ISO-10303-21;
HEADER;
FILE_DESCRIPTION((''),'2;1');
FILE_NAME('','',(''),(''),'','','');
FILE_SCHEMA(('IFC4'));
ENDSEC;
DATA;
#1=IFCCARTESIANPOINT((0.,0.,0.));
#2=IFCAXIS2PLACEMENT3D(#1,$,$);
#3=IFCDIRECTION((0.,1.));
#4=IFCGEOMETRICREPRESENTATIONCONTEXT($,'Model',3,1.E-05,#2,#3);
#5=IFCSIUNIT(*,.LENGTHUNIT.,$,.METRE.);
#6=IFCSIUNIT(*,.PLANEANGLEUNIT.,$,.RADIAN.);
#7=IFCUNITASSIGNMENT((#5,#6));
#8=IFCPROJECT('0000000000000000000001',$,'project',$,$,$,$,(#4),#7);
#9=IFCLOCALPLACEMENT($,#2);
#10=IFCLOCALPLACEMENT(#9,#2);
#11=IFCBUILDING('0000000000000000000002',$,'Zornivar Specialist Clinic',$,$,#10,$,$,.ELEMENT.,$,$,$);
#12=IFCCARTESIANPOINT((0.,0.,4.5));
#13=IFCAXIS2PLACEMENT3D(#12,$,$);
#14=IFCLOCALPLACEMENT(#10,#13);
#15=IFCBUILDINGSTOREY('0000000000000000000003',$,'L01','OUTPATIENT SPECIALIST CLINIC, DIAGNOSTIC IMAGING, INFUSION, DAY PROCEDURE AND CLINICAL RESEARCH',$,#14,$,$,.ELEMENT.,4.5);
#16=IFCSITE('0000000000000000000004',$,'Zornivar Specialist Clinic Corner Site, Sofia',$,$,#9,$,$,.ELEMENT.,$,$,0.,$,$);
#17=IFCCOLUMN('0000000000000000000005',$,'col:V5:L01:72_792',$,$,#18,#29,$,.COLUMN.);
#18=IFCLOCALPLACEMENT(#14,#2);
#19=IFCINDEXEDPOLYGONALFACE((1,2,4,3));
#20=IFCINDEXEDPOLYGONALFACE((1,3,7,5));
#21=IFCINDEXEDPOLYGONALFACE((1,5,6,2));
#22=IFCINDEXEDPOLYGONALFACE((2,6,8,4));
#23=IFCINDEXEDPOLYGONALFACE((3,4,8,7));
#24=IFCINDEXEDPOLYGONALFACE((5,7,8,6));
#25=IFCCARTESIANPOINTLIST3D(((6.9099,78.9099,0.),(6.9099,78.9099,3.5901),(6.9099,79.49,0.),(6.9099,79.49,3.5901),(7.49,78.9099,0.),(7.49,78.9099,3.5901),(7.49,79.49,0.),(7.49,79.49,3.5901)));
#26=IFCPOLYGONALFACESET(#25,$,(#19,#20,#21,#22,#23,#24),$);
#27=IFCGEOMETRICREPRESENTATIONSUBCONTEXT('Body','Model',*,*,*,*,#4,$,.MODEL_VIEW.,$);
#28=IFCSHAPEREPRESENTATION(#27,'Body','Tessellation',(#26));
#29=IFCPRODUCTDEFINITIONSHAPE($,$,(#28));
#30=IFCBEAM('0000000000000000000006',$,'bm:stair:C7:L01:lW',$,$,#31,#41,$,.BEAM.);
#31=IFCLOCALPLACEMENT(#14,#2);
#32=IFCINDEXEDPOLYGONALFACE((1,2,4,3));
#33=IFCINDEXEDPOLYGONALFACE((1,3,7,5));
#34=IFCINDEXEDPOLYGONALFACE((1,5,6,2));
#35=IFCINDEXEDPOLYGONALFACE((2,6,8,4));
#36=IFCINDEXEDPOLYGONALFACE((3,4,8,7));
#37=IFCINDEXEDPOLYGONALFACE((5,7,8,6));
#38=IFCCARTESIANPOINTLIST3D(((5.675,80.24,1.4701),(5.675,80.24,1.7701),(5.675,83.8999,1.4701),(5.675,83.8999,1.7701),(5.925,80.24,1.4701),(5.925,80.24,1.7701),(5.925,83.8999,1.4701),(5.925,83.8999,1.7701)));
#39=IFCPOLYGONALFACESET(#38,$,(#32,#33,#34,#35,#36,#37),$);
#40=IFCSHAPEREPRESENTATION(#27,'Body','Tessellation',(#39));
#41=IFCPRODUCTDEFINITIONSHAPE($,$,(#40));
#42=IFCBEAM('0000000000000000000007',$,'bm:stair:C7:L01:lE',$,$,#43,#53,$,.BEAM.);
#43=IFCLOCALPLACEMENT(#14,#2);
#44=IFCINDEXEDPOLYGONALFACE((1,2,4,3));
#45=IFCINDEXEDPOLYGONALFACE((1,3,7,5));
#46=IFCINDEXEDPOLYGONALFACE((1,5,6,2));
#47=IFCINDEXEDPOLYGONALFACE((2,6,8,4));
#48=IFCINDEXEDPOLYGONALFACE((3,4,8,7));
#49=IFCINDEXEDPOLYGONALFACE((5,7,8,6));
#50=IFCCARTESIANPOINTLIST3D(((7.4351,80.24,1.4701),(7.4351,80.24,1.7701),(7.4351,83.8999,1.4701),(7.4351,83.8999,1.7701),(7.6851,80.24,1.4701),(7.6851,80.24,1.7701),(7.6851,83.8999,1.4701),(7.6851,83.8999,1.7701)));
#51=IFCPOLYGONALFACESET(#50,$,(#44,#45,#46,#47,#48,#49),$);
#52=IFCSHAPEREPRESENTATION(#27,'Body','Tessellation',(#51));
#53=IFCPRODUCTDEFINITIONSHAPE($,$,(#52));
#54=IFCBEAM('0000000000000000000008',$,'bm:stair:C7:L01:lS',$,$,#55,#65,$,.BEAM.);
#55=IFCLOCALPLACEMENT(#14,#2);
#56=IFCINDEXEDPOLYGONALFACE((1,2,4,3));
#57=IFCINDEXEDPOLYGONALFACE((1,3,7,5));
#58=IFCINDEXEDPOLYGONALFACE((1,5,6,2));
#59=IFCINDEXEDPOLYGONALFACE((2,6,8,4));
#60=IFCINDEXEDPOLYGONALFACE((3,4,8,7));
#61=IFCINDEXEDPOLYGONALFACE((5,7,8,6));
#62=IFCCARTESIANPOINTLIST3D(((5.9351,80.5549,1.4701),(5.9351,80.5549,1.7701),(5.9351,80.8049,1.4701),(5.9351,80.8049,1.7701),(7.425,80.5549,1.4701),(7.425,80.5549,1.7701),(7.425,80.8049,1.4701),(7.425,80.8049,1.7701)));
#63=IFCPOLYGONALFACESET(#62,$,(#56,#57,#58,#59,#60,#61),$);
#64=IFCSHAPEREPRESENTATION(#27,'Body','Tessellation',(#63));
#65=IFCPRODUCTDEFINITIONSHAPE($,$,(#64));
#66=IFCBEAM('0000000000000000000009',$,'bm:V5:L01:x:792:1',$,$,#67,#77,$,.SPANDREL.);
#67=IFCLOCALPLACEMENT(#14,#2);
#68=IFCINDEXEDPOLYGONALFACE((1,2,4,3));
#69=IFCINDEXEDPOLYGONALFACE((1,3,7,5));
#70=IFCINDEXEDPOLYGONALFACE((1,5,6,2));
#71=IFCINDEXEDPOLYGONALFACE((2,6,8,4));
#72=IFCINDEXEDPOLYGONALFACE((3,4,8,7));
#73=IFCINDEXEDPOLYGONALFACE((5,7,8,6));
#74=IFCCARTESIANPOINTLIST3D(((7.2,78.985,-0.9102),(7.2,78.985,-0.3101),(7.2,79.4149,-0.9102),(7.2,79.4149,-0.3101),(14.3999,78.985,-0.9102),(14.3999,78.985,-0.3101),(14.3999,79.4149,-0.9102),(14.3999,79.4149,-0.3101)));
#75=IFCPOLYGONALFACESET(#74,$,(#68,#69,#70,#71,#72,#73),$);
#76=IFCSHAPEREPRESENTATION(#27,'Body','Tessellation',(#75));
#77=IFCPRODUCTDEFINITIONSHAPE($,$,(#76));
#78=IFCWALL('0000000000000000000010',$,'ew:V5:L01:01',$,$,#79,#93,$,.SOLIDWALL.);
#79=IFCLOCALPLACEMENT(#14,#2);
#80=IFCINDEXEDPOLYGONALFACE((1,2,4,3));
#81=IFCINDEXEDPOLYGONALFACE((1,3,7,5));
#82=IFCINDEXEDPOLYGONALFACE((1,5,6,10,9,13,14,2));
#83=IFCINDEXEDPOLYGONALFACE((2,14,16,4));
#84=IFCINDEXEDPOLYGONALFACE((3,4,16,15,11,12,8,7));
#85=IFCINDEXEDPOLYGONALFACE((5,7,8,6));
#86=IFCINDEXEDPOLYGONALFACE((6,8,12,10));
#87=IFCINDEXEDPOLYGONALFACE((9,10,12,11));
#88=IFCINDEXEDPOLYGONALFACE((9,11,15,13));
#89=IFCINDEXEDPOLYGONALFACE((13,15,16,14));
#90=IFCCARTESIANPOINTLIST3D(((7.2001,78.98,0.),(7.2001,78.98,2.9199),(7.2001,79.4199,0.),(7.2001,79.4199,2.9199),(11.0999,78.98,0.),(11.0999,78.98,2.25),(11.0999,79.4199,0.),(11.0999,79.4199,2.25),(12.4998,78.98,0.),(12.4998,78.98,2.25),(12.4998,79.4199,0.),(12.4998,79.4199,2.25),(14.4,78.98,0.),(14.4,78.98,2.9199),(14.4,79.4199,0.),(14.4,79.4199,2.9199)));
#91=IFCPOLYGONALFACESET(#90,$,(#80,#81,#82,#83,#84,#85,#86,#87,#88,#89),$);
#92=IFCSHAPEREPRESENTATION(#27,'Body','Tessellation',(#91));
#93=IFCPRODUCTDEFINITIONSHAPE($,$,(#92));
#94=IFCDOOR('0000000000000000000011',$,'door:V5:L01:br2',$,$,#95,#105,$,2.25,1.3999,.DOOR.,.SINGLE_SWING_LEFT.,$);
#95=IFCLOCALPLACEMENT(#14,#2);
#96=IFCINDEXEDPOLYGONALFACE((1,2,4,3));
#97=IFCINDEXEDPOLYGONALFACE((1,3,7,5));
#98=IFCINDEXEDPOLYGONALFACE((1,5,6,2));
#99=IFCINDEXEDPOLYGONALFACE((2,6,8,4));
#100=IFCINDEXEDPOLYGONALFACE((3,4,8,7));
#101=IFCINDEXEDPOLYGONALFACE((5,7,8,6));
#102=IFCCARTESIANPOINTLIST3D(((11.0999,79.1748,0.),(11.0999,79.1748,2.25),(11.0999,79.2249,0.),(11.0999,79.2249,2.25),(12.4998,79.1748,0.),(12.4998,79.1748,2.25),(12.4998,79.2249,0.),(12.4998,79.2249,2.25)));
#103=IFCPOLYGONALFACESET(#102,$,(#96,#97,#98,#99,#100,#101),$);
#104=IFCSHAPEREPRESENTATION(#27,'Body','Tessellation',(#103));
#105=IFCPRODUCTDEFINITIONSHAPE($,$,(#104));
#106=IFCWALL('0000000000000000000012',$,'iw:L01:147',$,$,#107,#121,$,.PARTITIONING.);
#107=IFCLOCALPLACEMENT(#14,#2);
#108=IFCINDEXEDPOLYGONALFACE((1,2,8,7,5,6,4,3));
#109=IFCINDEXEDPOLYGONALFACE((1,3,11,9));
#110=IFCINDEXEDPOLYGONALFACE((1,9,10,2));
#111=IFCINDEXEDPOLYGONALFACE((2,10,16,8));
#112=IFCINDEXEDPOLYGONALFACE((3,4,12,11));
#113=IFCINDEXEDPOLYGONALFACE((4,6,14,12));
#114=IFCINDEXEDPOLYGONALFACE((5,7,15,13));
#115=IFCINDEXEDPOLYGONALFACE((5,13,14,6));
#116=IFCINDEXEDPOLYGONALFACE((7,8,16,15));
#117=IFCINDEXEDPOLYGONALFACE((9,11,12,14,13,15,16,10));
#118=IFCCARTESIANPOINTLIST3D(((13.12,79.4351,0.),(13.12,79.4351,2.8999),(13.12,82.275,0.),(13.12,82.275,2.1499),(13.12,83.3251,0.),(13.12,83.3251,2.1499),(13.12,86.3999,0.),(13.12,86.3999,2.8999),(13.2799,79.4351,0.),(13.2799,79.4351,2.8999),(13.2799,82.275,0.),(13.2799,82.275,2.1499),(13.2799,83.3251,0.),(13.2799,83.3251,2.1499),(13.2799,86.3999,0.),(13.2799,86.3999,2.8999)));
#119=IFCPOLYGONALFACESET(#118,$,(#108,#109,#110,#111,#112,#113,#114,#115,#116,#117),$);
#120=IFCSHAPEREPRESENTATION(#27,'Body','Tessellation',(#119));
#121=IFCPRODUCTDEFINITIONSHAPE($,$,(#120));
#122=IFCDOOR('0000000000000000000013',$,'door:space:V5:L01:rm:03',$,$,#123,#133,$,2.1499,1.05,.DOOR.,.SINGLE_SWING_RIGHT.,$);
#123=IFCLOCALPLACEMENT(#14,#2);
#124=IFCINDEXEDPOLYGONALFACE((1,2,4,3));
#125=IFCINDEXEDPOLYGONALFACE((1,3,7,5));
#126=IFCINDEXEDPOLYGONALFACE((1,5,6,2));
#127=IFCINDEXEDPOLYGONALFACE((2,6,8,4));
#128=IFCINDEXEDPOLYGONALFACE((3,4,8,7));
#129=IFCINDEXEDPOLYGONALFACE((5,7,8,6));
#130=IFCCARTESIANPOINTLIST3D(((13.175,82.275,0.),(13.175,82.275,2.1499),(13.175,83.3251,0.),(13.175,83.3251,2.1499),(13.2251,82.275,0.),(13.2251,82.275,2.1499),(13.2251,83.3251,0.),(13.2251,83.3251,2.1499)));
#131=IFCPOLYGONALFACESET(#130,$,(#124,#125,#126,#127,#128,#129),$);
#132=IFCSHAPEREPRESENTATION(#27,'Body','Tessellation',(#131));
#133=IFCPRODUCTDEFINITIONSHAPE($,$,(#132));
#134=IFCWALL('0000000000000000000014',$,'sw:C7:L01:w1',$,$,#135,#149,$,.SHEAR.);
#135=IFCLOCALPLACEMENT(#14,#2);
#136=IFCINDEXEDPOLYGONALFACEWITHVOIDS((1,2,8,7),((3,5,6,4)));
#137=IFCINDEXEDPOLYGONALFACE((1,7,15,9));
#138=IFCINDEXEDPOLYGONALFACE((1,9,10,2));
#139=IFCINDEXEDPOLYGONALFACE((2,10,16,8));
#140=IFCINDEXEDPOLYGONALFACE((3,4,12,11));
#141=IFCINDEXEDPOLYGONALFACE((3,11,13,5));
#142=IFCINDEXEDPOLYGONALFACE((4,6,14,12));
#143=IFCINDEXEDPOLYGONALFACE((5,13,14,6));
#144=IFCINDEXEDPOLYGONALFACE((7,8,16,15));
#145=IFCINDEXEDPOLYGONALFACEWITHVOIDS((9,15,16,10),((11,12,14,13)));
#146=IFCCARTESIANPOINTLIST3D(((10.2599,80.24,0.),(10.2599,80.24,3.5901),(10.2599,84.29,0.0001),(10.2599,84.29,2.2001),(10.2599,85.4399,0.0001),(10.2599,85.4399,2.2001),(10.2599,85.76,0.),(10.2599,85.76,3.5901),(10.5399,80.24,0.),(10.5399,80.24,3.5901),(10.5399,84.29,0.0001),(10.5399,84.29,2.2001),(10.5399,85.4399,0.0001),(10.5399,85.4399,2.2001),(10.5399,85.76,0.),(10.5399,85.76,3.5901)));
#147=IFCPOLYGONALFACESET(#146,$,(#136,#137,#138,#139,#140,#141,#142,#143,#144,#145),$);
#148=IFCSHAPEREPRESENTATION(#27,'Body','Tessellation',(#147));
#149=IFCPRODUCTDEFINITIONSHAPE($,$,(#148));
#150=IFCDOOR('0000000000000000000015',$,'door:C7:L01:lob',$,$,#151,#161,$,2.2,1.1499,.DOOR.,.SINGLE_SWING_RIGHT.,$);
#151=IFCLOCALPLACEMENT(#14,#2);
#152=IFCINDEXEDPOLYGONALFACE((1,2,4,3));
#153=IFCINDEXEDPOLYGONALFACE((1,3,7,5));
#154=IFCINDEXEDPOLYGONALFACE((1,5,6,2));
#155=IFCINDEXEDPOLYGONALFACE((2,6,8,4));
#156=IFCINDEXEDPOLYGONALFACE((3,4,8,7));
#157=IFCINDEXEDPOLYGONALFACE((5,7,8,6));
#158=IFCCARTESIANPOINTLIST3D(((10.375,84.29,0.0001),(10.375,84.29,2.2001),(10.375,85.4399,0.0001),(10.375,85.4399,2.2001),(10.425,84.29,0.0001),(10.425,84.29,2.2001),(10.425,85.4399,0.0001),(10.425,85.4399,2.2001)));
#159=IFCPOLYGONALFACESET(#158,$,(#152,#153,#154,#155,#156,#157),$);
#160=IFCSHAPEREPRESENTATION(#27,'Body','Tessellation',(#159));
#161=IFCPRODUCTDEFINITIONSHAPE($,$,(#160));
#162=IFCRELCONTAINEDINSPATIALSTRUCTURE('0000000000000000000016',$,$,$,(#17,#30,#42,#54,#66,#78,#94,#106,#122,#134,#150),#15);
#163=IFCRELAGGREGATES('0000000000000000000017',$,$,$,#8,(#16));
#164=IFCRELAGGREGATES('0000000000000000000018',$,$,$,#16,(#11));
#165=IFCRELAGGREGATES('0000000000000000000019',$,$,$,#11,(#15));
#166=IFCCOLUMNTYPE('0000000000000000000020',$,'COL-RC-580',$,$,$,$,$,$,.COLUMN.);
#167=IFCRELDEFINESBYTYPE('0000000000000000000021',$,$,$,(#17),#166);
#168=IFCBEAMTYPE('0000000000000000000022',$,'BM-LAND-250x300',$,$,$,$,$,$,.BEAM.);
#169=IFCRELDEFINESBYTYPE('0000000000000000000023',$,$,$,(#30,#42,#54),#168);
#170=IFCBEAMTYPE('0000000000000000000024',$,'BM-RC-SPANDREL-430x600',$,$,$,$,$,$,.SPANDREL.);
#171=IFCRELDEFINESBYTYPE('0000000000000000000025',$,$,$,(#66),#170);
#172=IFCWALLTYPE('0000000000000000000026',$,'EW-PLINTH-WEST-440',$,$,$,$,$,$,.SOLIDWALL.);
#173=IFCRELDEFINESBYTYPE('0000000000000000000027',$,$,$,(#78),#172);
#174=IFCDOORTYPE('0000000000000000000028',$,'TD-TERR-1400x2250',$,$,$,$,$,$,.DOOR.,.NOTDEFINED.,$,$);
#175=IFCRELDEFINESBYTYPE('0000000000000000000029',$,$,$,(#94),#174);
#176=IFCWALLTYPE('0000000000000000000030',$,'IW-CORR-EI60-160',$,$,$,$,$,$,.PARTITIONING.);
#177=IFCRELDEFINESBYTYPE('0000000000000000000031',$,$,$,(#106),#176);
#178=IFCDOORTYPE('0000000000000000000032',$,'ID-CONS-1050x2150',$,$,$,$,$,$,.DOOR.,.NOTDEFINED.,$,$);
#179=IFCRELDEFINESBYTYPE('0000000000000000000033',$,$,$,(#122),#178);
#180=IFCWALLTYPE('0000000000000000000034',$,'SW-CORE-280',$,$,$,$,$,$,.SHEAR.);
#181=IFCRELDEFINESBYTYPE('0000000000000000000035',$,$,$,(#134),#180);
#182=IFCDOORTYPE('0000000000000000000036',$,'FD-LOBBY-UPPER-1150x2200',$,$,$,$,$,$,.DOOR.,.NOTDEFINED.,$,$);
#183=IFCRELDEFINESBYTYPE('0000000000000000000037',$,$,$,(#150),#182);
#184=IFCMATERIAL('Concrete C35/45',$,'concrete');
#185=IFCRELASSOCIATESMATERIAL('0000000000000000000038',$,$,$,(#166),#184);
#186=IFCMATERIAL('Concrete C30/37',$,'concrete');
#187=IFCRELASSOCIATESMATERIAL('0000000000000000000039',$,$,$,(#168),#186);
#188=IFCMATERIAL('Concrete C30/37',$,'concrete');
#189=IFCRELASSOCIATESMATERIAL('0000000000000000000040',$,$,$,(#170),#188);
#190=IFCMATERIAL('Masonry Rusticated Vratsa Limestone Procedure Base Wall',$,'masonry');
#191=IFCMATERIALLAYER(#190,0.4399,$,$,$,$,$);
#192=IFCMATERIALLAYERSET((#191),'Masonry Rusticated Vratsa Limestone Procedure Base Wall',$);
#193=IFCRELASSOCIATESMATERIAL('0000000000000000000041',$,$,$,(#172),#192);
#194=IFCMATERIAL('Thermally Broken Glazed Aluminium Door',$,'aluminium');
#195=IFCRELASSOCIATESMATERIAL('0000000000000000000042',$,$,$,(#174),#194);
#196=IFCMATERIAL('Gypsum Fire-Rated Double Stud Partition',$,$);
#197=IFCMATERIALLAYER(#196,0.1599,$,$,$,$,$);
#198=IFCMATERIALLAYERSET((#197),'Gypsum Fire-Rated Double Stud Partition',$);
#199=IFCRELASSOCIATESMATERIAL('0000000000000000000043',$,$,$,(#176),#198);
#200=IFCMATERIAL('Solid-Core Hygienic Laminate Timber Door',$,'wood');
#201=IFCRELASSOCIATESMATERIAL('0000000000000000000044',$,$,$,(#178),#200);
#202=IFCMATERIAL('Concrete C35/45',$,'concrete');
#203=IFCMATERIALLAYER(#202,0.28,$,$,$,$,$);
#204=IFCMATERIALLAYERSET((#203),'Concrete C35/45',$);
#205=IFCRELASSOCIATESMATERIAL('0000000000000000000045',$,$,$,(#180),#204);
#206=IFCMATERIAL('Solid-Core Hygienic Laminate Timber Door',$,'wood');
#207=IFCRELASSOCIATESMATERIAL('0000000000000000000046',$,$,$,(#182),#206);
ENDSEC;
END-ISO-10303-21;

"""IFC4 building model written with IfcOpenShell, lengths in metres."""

from ifc_helpers import new_model, si_unit, direction, frame, frame_2d, origin, origin_2d, place, context, subcontext, project, spatial, rectangle, extrude, material, layer, layer_set, material_profile, profile_set, type_object, element, fill, save


model = new_model("IFC4")

# Units and contexts
model_context = context("Model", 3, precision=1e-05, world=origin(), true_north=direction((0.0, 1.0)))
body_context = subcontext(model_context, "Body", "Model", "MODEL_VIEW")
ifc_project = project(units=[si_unit("LENGTHUNIT", "METRE"), si_unit("PLANEANGLEUNIT", "RADIAN")], contexts=[model_context])

# Site, building, storey
site_placement = place(None, origin())
site = spatial("IfcSite", under=ifc_project, at=site_placement, Name="Zornivar Specialist Clinic Corner Site, Sofia", CompositionType="ELEMENT", RefElevation=0.0)
building_placement = place(site_placement, origin())
building = spatial("IfcBuilding", under=site, at=building_placement, Name="Zornivar Specialist Clinic", CompositionType="ELEMENT")
storey_placement = place(building_placement, frame((0.0, 0.0, 4.5)))
storey = spatial("IfcBuildingStorey", under=building, at=storey_placement, Name="L01", Description="OUTPATIENT SPECIALIST CLINIC, DIAGNOSTIC IMAGING, INFUSION, DAY PROCEDURE AND CLINICAL RESEARCH", CompositionType="ELEMENT", Elevation=4.5)

# Column
ifc_material_1 = material(Name="Concrete C35/45", Category="concrete")
ifc_material_profile_1 = material_profile(ifc_material_1, rectangle(XDim=0.5801, YDim=0.5801, at=origin_2d()), Name="RC 580x580")
ifc_profile_set_1 = profile_set([ifc_material_profile_1], Name="Concrete C35/45")
column_type = type_object("IfcColumnType", Name="COL-RC-580", PredefinedType="COLUMN", material=ifc_profile_set_1)
column_placement = place(storey_placement, frame((7.2, 79.2, 0.0), z_axis=(0.0, 0.0, 1.0), x_axis=(1.0, 0.0, 0.0)))
element("IfcColumn", 1, at=column_placement, inside=storey, type_object=column_type, Name="col:V5:L01:72_792", PredefinedType="COLUMN", context=body_context, shape_type="SweptSolid", body=[
    extrude(rectangle(XDim=0.5801, YDim=0.5801, at=origin_2d()), origin(), (0.0, 0.0, 1.0), 3.5901),
])

# Beams
ifc_material_2 = material(Name="Concrete C30/37", Category="concrete")
ifc_material_profile_2 = material_profile(ifc_material_2, rectangle(XDim=0.25, YDim=0.3, at=origin_2d()), Name="RC 250x300")
ifc_profile_set_2 = profile_set([ifc_material_profile_2], Name="Concrete C30/37")
beam_type_1 = type_object("IfcBeamType", Name="BM-LAND-250x300", PredefinedType="BEAM", material=ifc_profile_set_2)
for number, where, z_axis, x_axis, name in (
    (2, (5.8, 80.24, 1.6201), (0.0, 1.0, 0.0), (-1.0, 0.0, 0.0), "bm:stair:C7:L01:lW"),
    (3, (7.5601, 80.24, 1.6201), (0.0, 1.0, 0.0), (-1.0, 0.0, 0.0), "bm:stair:C7:L01:lE"),
):
    element("IfcBeam", number, at=place(storey_placement, frame(where, z_axis=z_axis, x_axis=x_axis)), inside=storey, type_object=beam_type_1, Name=name, PredefinedType="BEAM", context=body_context, shape_type="SweptSolid", body=[
        extrude(rectangle(XDim=0.25, YDim=0.3, at=origin_2d()), origin(), (0.0, 0.0, 1.0), 3.6599),
    ])
beam_1_placement = place(storey_placement, frame((5.9351, 80.6799, 1.6201), z_axis=(1.0, 0.0, 0.0), x_axis=(0.0, 1.0, 0.0)))
element("IfcBeam", 4, at=beam_1_placement, inside=storey, type_object=beam_type_1, Name="bm:stair:C7:L01:lS", PredefinedType="BEAM", context=body_context, shape_type="SweptSolid", body=[
    extrude(rectangle(XDim=0.25, YDim=0.3, at=origin_2d()), origin(), (0.0, 0.0, 1.0), 1.49),
])
ifc_material_3 = material(Name="Concrete C30/37", Category="concrete")
ifc_material_profile_3 = material_profile(ifc_material_3, rectangle(XDim=0.4299, YDim=0.6001, at=origin_2d()), Name="RC 430x600")
ifc_profile_set_3 = profile_set([ifc_material_profile_3], Name="Concrete C30/37")
beam_type_2 = type_object("IfcBeamType", Name="BM-RC-SPANDREL-430x600", PredefinedType="SPANDREL", material=ifc_profile_set_3)
beam_2_placement = place(storey_placement, frame((7.2, 79.2, -0.6101), z_axis=(1.0, 0.0, 0.0), x_axis=(0.0, 1.0, 0.0)))
element("IfcBeam", 5, at=beam_2_placement, inside=storey, type_object=beam_type_2, Name="bm:V5:L01:x:792:1", PredefinedType="SPANDREL", context=body_context, shape_type="SweptSolid", body=[
    extrude(rectangle(XDim=0.4299, YDim=0.6001, at=origin_2d()), origin(), (0.0, 0.0, 1.0), 7.2),
])

# Walls, openings, doors
ifc_material_4 = material(Name="Masonry Rusticated Vratsa Limestone Procedure Base Wall", Category="masonry")
ifc_layer_1 = layer(ifc_material_4, 0.4399)
ifc_layer_set_1 = layer_set([ifc_layer_1], Name="Masonry Rusticated Vratsa Limestone Procedure Base Wall")
wall_type_1 = type_object("IfcWallType", Name="EW-PLINTH-WEST-440", PredefinedType="SOLIDWALL", material=ifc_layer_set_1)
wall_1_placement = place(storey_placement, frame((7.2, 79.2, 0.0), z_axis=(0.0, 0.0, 1.0), x_axis=(1.0, 0.0, 0.0)))
wall_1 = element("IfcWall", 6, at=wall_1_placement, inside=storey, type_object=wall_type_1, Name="ew:V5:L01:01", PredefinedType="SOLIDWALL", context=body_context, shape_type="SweptSolid", body=[
    extrude(rectangle(XDim=7.2, YDim=0.4399, at=frame_2d((3.6001, 0.0))), origin(), (0.0, 0.0, 1.0), 2.9199),
])
opening_1_placement = place(wall_1_placement, frame((3.8999, 0.0, 0.0)))
opening_1 = element("IfcOpeningElement", 7, at=opening_1_placement, cuts=wall_1, PredefinedType="OPENING", context=body_context, shape_type="SweptSolid", body=[
    extrude(rectangle(XDim=1.3999, YDim=2.25, at=frame_2d((0.7, 1.125))), frame((0.0, 0.23, 0.0), z_axis=(0.0, -1.0, 0.0), x_axis=(1.0, 0.0, 0.0)), (0.0, 0.0, 1.0), 0.46),
])
ifc_material_5 = material(Name="Thermally Broken Glazed Aluminium Door", Category="aluminium")
door_type_1 = type_object("IfcDoorType", Name="TD-TERR-1400x2250", OperationType="NOTDEFINED", PredefinedType="DOOR", material=ifc_material_5)
door_1_placement = place(opening_1_placement, origin())
door_1 = element("IfcDoor", 8, at=door_1_placement, inside=storey, type_object=door_type_1, Name="door:V5:L01:br2", OperationType="SINGLE_SWING_LEFT", OverallHeight=2.25, OverallWidth=1.3999, PredefinedType="DOOR", context=body_context, shape_type="SweptSolid", body=[
    extrude(rectangle(XDim=1.3999, YDim=2.25, at=frame_2d((0.7, 1.125))), frame((0.0, 0.0249, 0.0), z_axis=(0.0, -1.0, 0.0), x_axis=(1.0, 0.0, 0.0)), (0.0, 0.0, 1.0), 0.05),
])
fill(opening_1, door_1)
ifc_material_6 = material(Name="Gypsum Fire-Rated Double Stud Partition")
ifc_layer_2 = layer(ifc_material_6, 0.1599)
ifc_layer_set_2 = layer_set([ifc_layer_2], Name="Gypsum Fire-Rated Double Stud Partition")
wall_type_2 = type_object("IfcWallType", Name="IW-CORR-EI60-160", PredefinedType="PARTITIONING", material=ifc_layer_set_2)
wall_2_placement = place(storey_placement, frame((13.2, 79.4351, 0.0), z_axis=(0.0, 0.0, 1.0), x_axis=(0.0, 1.0, 0.0)))
wall_2 = element("IfcWall", 9, at=wall_2_placement, inside=storey, type_object=wall_type_2, Name="iw:L01:147", PredefinedType="PARTITIONING", context=body_context, shape_type="SweptSolid", body=[
    extrude(rectangle(XDim=6.9648, YDim=0.1599, at=frame_2d((3.4824, 0.0))), origin(), (0.0, 0.0, 1.0), 2.8999),
])
opening_2_placement = place(wall_2_placement, frame((2.8401, 0.0, 0.0)))
opening_2 = element("IfcOpeningElement", 10, at=opening_2_placement, cuts=wall_2, PredefinedType="OPENING", context=body_context, shape_type="SweptSolid", body=[
    extrude(rectangle(XDim=1.05, YDim=2.1499, at=frame_2d((0.5249, 1.075))), frame((0.0, 0.0898, 0.0), z_axis=(0.0, -1.0, 0.0), x_axis=(1.0, 0.0, 0.0)), (0.0, 0.0, 1.0), 0.1799),
])
ifc_material_7 = material(Name="Solid-Core Hygienic Laminate Timber Door", Category="wood")
door_type_2 = type_object("IfcDoorType", Name="ID-CONS-1050x2150", OperationType="NOTDEFINED", PredefinedType="DOOR", material=ifc_material_7)
door_2_placement = place(opening_2_placement, origin())
door_2 = element("IfcDoor", 11, at=door_2_placement, inside=storey, type_object=door_type_2, Name="door:space:V5:L01:rm:03", OperationType="SINGLE_SWING_RIGHT", OverallHeight=2.1499, OverallWidth=1.05, PredefinedType="DOOR", context=body_context, shape_type="SweptSolid", body=[
    extrude(rectangle(XDim=1.05, YDim=2.1499, at=frame_2d((0.5249, 1.075))), frame((0.0, 0.0249, 0.0), z_axis=(0.0, -1.0, 0.0), x_axis=(1.0, 0.0, 0.0)), (0.0, 0.0, 1.0), 0.05),
])
fill(opening_2, door_2)
ifc_material_8 = material(Name="Concrete C35/45", Category="concrete")
ifc_layer_3 = layer(ifc_material_8, 0.28)
ifc_layer_set_3 = layer_set([ifc_layer_3], Name="Concrete C35/45")
wall_type_3 = type_object("IfcWallType", Name="SW-CORE-280", PredefinedType="SHEAR", material=ifc_layer_set_3)
wall_3_placement = place(storey_placement, frame((10.3999, 80.24, 0.0), z_axis=(0.0, 0.0, 1.0), x_axis=(0.0, 1.0, 0.0)))
wall_3 = element("IfcWall", 12, at=wall_3_placement, inside=storey, type_object=wall_type_3, Name="sw:C7:L01:w1", PredefinedType="SHEAR", context=body_context, shape_type="SweptSolid", body=[
    extrude(rectangle(XDim=5.52, YDim=0.28, at=frame_2d((2.76, 0.0))), origin(), (0.0, 0.0, 1.0), 3.5901),
])
opening_3_placement = place(wall_3_placement, frame((4.05, 0.0, 0.0)))
opening_3 = element("IfcOpeningElement", 13, at=opening_3_placement, cuts=wall_3, PredefinedType="OPENING", context=body_context, shape_type="SweptSolid", body=[
    extrude(rectangle(XDim=1.1499, YDim=2.2, at=frame_2d((0.575, 1.1001))), frame((0.0, 0.1499, 0.0), z_axis=(0.0, -1.0, 0.0), x_axis=(1.0, 0.0, 0.0)), (0.0, 0.0, 1.0), 0.3),
])
ifc_material_9 = material(Name="Solid-Core Hygienic Laminate Timber Door", Category="wood")
door_type_3 = type_object("IfcDoorType", Name="FD-LOBBY-UPPER-1150x2200", OperationType="NOTDEFINED", PredefinedType="DOOR", material=ifc_material_9)
door_3_placement = place(opening_3_placement, origin())
door_3 = element("IfcDoor", 14, at=door_3_placement, inside=storey, type_object=door_type_3, Name="door:C7:L01:lob", OperationType="SINGLE_SWING_RIGHT", OverallHeight=2.2, OverallWidth=1.1499, PredefinedType="DOOR", context=body_context, shape_type="SweptSolid", body=[
    extrude(rectangle(XDim=1.1499, YDim=2.2, at=frame_2d((0.575, 1.1001))), frame((0.0, 0.0249, 0.0), z_axis=(0.0, -1.0, 0.0), x_axis=(1.0, 0.0, 0.0)), (0.0, 0.0, 1.0), 0.05),
])
fill(opening_3, door_3)

save(model, "model.ifc")
